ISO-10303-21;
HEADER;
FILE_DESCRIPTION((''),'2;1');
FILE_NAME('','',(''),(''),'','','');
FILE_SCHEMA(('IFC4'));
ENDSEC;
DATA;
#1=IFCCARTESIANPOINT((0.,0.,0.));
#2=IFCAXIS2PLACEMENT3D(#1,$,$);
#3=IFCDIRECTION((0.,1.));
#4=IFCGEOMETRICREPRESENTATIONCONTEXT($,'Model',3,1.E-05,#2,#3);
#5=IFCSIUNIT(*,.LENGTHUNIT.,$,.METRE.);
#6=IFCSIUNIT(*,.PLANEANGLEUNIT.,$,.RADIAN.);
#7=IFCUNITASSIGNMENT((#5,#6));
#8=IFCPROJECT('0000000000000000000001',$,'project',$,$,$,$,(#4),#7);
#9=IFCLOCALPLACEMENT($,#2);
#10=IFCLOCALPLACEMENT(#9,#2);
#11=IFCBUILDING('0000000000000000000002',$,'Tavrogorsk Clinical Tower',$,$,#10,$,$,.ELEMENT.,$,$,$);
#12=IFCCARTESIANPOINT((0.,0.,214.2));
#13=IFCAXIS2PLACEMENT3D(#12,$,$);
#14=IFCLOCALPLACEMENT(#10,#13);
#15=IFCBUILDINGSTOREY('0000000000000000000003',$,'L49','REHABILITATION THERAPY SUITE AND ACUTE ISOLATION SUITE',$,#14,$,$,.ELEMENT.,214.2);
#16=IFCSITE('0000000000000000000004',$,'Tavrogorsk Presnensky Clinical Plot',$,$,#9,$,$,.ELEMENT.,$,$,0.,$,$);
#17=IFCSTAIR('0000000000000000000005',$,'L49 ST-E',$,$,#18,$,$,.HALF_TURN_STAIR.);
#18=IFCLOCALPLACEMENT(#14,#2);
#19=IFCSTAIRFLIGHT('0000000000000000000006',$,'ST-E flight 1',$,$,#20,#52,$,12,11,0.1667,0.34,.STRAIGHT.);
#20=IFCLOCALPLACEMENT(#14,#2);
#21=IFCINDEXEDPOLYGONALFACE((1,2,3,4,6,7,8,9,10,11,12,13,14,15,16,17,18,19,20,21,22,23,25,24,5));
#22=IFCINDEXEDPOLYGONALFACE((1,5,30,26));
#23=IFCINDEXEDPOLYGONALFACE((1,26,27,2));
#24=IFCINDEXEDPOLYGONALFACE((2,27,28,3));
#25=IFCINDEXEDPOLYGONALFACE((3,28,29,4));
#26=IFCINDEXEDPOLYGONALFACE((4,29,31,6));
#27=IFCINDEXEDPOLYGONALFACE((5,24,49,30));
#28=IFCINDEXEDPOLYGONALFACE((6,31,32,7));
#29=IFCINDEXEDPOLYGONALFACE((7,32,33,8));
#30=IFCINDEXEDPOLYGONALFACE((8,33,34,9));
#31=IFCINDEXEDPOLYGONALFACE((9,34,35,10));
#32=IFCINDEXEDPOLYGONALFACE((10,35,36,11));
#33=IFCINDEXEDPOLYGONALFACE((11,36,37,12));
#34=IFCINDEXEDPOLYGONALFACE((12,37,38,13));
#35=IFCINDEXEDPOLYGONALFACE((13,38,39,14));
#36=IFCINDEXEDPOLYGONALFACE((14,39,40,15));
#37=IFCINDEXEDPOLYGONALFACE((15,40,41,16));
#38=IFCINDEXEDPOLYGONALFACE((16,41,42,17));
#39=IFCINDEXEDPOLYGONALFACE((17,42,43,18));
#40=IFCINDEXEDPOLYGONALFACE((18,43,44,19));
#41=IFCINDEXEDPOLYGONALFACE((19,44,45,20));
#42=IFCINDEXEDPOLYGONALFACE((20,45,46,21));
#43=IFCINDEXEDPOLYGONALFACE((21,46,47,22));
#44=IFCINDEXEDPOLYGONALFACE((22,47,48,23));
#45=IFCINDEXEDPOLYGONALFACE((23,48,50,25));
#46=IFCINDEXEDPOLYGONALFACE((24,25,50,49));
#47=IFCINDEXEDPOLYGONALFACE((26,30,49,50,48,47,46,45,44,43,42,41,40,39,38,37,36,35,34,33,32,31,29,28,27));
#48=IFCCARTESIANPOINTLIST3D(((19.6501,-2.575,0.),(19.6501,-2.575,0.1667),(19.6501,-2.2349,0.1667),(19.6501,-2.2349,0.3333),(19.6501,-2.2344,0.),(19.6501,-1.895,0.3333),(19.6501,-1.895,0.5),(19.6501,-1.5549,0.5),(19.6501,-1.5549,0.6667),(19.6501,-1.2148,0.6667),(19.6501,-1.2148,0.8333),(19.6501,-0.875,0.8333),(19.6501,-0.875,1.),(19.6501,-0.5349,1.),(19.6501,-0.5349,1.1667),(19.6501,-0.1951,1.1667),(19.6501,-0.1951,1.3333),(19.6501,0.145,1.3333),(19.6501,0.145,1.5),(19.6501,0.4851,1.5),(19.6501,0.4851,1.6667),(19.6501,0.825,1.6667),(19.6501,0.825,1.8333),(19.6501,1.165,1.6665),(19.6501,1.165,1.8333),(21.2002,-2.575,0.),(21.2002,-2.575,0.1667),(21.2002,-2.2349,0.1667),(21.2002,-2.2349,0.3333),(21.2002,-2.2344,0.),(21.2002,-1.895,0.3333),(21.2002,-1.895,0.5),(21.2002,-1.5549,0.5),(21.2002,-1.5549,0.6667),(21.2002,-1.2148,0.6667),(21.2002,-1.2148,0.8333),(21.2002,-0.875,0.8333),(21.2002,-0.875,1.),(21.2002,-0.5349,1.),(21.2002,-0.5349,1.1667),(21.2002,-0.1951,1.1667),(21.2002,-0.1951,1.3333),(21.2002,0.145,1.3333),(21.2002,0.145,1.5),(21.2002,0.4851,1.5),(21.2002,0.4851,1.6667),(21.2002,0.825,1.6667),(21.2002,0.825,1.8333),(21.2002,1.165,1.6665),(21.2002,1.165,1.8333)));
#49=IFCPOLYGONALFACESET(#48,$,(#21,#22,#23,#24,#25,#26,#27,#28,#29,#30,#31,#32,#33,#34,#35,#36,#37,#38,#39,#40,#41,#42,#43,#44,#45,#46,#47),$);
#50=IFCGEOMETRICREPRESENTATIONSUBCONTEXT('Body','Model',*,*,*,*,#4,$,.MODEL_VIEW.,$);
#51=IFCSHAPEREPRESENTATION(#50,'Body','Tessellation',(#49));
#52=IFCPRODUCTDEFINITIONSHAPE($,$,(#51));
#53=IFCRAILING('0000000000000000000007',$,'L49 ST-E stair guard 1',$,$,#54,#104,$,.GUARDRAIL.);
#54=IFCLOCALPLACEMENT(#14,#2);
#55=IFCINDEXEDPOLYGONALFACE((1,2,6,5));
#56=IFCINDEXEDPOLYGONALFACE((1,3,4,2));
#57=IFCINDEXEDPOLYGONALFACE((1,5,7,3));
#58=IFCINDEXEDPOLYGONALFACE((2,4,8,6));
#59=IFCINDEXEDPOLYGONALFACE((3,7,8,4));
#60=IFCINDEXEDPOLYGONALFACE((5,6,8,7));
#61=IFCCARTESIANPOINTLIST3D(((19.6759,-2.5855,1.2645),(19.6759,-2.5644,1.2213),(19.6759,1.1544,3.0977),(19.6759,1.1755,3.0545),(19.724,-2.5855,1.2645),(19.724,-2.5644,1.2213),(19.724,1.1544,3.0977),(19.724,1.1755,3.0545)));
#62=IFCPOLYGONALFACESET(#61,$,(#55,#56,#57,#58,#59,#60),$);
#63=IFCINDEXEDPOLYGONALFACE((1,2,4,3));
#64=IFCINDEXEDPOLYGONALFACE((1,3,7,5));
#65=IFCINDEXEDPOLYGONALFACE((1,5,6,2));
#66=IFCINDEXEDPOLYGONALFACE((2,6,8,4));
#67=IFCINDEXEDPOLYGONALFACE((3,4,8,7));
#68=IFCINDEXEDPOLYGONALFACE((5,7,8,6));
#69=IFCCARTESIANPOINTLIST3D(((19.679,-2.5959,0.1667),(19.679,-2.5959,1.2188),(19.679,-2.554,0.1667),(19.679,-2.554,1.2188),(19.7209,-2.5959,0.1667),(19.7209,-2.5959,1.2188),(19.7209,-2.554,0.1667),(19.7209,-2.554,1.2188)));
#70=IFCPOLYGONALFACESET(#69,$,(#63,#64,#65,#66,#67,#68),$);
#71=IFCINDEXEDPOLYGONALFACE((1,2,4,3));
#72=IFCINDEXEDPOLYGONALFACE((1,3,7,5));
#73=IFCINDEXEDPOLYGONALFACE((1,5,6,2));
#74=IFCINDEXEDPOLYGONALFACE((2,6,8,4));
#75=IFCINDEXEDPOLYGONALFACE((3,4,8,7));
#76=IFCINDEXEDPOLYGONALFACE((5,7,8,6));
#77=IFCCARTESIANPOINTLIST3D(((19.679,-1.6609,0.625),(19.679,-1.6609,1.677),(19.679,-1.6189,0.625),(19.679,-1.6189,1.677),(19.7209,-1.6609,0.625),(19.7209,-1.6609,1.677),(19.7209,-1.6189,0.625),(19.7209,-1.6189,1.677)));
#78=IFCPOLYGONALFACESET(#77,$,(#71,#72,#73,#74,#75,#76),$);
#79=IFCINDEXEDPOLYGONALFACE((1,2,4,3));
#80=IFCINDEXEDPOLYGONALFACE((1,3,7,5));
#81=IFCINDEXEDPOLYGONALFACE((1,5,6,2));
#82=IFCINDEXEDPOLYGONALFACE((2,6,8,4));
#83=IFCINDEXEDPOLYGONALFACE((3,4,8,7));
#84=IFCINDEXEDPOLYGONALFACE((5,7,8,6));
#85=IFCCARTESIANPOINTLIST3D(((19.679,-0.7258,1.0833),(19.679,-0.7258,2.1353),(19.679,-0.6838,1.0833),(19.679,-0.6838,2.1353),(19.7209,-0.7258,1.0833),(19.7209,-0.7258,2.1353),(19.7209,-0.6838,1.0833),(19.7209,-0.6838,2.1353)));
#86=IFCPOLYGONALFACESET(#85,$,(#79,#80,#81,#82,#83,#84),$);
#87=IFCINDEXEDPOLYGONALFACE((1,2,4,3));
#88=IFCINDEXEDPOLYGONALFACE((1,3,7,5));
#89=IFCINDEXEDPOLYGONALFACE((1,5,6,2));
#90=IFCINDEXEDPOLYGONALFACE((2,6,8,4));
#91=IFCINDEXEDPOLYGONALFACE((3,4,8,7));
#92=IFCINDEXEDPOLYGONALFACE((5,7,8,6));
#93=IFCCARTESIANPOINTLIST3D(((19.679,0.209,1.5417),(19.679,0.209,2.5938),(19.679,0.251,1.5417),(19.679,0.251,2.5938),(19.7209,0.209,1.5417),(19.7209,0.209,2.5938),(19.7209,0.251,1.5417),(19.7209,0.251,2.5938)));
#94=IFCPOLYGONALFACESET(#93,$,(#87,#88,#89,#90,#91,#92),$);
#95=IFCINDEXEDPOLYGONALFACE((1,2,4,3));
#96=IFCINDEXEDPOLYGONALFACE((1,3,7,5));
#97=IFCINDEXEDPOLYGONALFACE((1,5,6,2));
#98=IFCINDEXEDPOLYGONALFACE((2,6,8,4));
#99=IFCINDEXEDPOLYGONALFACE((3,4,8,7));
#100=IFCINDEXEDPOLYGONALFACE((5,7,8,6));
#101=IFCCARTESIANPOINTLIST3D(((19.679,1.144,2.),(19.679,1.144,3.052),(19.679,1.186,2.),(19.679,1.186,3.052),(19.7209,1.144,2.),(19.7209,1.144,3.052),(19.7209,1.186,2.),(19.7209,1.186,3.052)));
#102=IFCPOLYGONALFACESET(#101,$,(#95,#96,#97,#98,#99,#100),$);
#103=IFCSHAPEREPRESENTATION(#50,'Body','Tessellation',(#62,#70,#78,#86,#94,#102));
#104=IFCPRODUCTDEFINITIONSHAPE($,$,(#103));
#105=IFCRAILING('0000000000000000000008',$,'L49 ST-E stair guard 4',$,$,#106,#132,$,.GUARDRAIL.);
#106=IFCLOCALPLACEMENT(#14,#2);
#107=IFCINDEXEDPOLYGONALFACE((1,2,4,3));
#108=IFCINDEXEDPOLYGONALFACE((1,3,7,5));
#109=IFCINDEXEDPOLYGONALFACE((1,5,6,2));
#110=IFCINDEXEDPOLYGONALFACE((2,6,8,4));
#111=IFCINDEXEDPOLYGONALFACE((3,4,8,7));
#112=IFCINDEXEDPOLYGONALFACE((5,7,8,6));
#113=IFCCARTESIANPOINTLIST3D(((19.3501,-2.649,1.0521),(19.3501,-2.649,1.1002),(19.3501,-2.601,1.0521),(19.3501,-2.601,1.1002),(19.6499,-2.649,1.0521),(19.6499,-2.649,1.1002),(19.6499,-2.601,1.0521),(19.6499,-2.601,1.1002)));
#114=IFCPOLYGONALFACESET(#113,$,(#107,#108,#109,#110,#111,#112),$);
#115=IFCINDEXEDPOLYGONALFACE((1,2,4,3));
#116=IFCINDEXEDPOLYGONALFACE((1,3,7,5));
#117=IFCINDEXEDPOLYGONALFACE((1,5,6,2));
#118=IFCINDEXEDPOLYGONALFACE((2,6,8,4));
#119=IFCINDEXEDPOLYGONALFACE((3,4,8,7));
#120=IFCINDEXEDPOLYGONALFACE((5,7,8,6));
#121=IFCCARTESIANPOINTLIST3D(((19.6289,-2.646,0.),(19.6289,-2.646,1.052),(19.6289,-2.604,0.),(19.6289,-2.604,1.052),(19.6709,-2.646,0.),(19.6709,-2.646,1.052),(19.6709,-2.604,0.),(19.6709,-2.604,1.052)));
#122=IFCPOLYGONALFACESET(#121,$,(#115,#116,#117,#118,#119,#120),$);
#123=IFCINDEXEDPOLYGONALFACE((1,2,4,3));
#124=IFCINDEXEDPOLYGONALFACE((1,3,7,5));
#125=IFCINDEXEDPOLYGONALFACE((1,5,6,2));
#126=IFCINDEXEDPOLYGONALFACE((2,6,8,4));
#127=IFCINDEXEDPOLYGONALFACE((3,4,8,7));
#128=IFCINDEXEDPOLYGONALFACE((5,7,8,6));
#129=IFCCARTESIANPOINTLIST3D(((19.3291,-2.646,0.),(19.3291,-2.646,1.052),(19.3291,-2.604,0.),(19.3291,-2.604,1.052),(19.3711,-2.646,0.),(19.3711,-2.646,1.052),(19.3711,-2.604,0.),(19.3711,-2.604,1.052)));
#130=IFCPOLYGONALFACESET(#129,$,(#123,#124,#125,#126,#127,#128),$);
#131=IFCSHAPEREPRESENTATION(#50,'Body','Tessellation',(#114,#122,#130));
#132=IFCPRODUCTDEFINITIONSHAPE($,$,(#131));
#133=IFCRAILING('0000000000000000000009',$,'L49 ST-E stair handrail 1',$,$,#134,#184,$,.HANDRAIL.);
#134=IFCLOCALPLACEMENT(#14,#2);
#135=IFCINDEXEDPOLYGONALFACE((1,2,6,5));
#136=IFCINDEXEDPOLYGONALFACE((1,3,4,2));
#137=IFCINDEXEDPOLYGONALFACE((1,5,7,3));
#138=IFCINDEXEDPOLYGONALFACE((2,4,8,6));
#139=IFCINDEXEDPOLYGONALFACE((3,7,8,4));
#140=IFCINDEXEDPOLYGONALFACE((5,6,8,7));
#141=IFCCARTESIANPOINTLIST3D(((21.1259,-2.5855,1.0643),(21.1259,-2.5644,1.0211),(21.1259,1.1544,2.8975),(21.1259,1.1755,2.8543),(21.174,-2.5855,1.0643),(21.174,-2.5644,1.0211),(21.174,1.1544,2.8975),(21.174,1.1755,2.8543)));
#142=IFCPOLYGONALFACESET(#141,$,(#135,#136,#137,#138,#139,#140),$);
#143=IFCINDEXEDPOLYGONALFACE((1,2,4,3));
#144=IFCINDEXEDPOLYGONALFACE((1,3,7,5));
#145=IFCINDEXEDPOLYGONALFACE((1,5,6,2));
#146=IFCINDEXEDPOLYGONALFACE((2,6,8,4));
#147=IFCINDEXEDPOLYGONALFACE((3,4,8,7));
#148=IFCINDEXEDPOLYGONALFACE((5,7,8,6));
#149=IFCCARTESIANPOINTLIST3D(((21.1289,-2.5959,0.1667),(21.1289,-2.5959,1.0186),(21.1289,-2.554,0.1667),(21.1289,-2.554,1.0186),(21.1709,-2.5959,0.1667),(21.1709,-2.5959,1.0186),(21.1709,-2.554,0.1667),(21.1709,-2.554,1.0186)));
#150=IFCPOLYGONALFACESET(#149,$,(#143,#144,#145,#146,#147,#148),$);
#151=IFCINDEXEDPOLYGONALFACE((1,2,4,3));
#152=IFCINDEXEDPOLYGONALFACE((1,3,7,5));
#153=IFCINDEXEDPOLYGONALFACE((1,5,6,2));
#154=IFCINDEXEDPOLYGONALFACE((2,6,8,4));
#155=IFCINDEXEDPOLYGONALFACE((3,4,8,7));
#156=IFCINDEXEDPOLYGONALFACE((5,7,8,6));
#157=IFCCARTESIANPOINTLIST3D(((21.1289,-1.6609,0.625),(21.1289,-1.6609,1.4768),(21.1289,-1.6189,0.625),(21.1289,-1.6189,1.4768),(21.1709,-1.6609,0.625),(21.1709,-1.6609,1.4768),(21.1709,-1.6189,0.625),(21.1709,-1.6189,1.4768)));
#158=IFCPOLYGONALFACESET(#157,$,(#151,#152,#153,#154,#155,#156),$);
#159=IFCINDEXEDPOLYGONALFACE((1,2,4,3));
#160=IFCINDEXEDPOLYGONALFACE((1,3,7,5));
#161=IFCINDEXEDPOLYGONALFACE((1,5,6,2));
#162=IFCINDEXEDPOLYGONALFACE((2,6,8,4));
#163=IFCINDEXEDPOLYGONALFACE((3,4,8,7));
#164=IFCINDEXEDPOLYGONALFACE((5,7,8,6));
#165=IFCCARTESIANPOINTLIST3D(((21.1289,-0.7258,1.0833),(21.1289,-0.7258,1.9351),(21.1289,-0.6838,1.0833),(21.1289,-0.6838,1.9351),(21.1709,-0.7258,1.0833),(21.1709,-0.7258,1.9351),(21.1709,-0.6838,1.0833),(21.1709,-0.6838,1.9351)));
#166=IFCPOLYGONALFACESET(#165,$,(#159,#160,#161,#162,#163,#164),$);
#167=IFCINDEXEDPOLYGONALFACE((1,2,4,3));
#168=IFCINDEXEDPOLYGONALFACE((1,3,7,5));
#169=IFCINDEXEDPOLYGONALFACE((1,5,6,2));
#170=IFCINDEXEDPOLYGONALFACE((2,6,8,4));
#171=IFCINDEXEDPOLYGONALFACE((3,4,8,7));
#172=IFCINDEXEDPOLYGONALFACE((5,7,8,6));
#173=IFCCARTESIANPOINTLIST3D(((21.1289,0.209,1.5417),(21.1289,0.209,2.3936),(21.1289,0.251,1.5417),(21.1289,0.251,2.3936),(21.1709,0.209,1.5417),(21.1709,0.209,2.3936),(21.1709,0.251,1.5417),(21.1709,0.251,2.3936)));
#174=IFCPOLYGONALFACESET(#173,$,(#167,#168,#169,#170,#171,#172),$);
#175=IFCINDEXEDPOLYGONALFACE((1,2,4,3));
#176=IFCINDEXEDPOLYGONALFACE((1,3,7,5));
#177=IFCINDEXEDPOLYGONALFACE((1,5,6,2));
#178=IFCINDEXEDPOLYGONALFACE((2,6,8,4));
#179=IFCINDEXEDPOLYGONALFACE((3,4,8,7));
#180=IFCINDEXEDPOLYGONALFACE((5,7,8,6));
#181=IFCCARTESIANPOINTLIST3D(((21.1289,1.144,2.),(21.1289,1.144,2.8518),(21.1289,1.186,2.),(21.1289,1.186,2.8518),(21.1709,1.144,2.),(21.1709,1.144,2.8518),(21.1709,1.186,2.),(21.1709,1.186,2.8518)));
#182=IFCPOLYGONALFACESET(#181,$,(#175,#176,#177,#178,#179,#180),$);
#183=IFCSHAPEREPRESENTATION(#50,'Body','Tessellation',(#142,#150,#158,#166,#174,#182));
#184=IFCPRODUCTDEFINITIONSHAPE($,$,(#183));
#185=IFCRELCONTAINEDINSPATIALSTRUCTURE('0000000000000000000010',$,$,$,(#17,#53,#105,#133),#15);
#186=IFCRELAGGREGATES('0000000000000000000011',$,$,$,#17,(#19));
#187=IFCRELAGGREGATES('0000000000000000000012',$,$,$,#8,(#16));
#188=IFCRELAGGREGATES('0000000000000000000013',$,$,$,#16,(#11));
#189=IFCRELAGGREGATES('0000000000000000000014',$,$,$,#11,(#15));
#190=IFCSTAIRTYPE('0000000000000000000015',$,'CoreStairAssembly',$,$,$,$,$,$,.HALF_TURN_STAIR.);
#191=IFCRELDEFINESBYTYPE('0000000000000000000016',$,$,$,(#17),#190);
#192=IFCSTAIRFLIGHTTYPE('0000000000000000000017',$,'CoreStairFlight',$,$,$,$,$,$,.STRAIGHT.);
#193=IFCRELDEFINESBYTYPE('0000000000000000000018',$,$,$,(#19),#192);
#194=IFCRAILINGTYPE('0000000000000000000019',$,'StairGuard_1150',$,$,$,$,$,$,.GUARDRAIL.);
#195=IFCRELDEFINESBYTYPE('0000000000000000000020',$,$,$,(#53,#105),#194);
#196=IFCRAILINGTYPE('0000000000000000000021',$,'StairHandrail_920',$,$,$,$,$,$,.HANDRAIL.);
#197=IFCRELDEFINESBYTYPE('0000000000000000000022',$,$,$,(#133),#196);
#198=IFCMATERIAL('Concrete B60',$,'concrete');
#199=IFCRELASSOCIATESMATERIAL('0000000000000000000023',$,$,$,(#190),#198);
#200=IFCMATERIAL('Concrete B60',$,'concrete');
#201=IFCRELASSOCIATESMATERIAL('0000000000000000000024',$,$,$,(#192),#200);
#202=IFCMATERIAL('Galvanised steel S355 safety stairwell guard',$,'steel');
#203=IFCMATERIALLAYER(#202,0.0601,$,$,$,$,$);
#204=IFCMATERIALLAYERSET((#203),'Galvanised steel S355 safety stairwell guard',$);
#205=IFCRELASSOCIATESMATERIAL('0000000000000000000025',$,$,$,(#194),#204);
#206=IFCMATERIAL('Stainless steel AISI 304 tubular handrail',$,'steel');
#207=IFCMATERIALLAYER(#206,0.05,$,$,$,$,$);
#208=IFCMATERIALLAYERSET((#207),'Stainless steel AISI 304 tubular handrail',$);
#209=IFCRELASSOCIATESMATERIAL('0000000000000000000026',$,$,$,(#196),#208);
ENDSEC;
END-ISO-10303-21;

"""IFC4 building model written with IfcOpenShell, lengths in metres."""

from ifc_helpers import new_model, si_unit, direction, frame, origin, origin_2d, place, context, subcontext, project, spatial, polyline, rectangle, outline, extrude, material, layer, layer_set, type_object, element, aggregate, save


model = new_model("IFC4")

# Units and contexts
model_context = context("Model", 3, precision=1e-05, world=origin(), true_north=direction((0.0, 1.0)))
body_context = subcontext(model_context, "Body", "Model", "MODEL_VIEW")
ifc_project = project(units=[si_unit("LENGTHUNIT", "METRE"), si_unit("PLANEANGLEUNIT", "RADIAN")], contexts=[model_context])

# Site, building, storey
site_placement = place(None, origin())
site = spatial("IfcSite", under=ifc_project, at=site_placement, Name="Tavrogorsk Presnensky Clinical Plot", CompositionType="ELEMENT", RefElevation=0.0)
building_placement = place(site_placement, origin())
building = spatial("IfcBuilding", under=site, at=building_placement, Name="Tavrogorsk Clinical Tower", CompositionType="ELEMENT")
storey_placement = place(building_placement, frame((0.0, 0.0, 214.2)))
storey = spatial("IfcBuildingStorey", under=building, at=storey_placement, Name="L49", Description="REHABILITATION THERAPY SUITE AND ACUTE ISOLATION SUITE", CompositionType="ELEMENT", Elevation=214.2)

# Stair, stair flight
ifc_material_1 = material(Name="Concrete B60", Category="concrete")
stair_type = type_object("IfcStairType", Name="CoreStairAssembly", PredefinedType="HALF_TURN_STAIR", material=ifc_material_1)
stair_placement = place(storey_placement, origin())
stair = element("IfcStair", 1, at=stair_placement, inside=storey, type_object=stair_type, Name="L49 ST-E", PredefinedType="HALF_TURN_STAIR")
ifc_material_2 = material(Name="Concrete B60", Category="concrete")
stair_flight_type = type_object("IfcStairFlightType", Name="CoreStairFlight", PredefinedType="STRAIGHT", material=ifc_material_2)
stair_flight_placement = place(storey_placement, frame((20.425, -2.575, 0.0), z_axis=(0.0, 0.0, 1.0), x_axis=(0.0, 1.0, 0.0)))
stair_flight = element("IfcStairFlight", 2, at=stair_flight_placement, type_object=stair_flight_type, Name="ST-E flight 1", NumberOfRisers=12, NumberOfTreads=11, PredefinedType="STRAIGHT", RiserHeight=0.1667, TreadLength=0.34, context=body_context, shape_type="SweptSolid", body=[
    extrude(outline(polyline([(0.0, 0.0), (0.0, 0.1667), (0.3401, 0.1667), (0.3401, 0.3333), (0.6799, 0.3333), (0.6799, 0.5), (1.02, 0.5), (1.02, 0.6667), (1.3601, 0.6667), (1.3601, 0.8333), (1.7, 0.8333), (1.7, 1.0), (2.04, 1.0), (2.04, 1.1667), (2.3799, 1.1667), (2.3799, 1.3333), (2.72, 1.3333), (2.72, 1.5), (3.0601, 1.5), (3.0601, 1.6667), (3.3999, 1.6667), (3.3999, 1.8333), (3.74, 1.8333), (3.74, 2.0), (3.74, 1.6665), (0.3406, 0.0), (0.0, 0.0)])), frame((0.0, 0.7749, 0.0), z_axis=(0.0, -1.0, 0.0), x_axis=(1.0, 0.0, 0.0)), (0.0, 0.0, 1.0), 1.55),
])
aggregate(stair, [stair_flight])

# Railings
ifc_material_3 = material(Name="Galvanised steel S355 safety stairwell guard", Category="steel")
ifc_layer_1 = layer(ifc_material_3, 0.0601)
ifc_layer_set_1 = layer_set([ifc_layer_1], Name="Galvanised steel S355 safety stairwell guard")
railing_type_1 = type_object("IfcRailingType", Name="StairGuard_1150", PredefinedType="GUARDRAIL", material=ifc_layer_set_1)
railing_1_placement = place(storey_placement, frame((19.7, -2.575, 0.1667)))
element("IfcRailing", 3, at=railing_1_placement, inside=storey, type_object=railing_type_1, Name="L49 ST-E stair guard 1", PredefinedType="GUARDRAIL", context=body_context, shape_type="SweptSolid", body=[
    extrude(rectangle(XDim=0.0481, YDim=0.0481, at=origin_2d()), frame((0.0, 0.0, 1.0762), z_axis=(0.0, 0.897928, 0.440142), x_axis=(-1.0, 0.0, 0.0)), (0.0, 0.0, 1.0), 4.165),
    extrude(rectangle(XDim=0.042, YDim=0.042, at=origin_2d()), origin(), (0.0, 0.0, 1.0), 1.052),
    extrude(rectangle(XDim=0.042, YDim=0.042, at=origin_2d()), frame((0.0, 0.9351, 0.4583)), (0.0, 0.0, 1.0), 1.052),
    extrude(rectangle(XDim=0.042, YDim=0.042, at=origin_2d()), frame((0.0, 1.8701, 0.9165)), (0.0, 0.0, 1.0), 1.052),
    extrude(rectangle(XDim=0.042, YDim=0.042, at=origin_2d()), frame((0.0, 2.8049, 1.375)), (0.0, 0.0, 1.0), 1.052),
    extrude(rectangle(XDim=0.042, YDim=0.042, at=origin_2d()), frame((0.0, 3.74, 1.8333)), (0.0, 0.0, 1.0), 1.052),
])
railing_2_placement = place(storey_placement, frame((19.6499, -2.625, 0.0)))
element("IfcRailing", 4, at=railing_2_placement, inside=storey, type_object=railing_type_1, Name="L49 ST-E stair guard 4", PredefinedType="GUARDRAIL", context=body_context, shape_type="SweptSolid", body=[
    extrude(rectangle(XDim=0.0481, YDim=0.0481, at=origin_2d()), frame((0.0, 0.0, 1.0762), z_axis=(-1.0, 0.0, 0.0), x_axis=(0.0, -1.0, 0.0)), (0.0, 0.0, 1.0), 0.2998),
    extrude(rectangle(XDim=0.042, YDim=0.042, at=origin_2d()), origin(), (0.0, 0.0, 1.0), 1.052),
    extrude(rectangle(XDim=0.042, YDim=0.042, at=origin_2d()), frame((-0.2998, 0.0, 0.0)), (0.0, 0.0, 1.0), 1.052),
])
ifc_material_4 = material(Name="Stainless steel AISI 304 tubular handrail", Category="steel")
ifc_layer_2 = layer(ifc_material_4, 0.05)
ifc_layer_set_2 = layer_set([ifc_layer_2], Name="Stainless steel AISI 304 tubular handrail")
railing_type_2 = type_object("IfcRailingType", Name="StairHandrail_920", PredefinedType="HANDRAIL", material=ifc_layer_set_2)
railing_3_placement = place(storey_placement, frame((21.1499, -2.575, 0.1667)))
element("IfcRailing", 5, at=railing_3_placement, inside=storey, type_object=railing_type_2, Name="L49 ST-E stair handrail 1", PredefinedType="HANDRAIL", context=body_context, shape_type="SweptSolid", body=[
    extrude(rectangle(XDim=0.0481, YDim=0.0481, at=origin_2d()), frame((0.0, 0.0, 0.876), z_axis=(0.0, 0.897928, 0.440142), x_axis=(-1.0, 0.0, 0.0)), (0.0, 0.0, 1.0), 4.165),
    extrude(rectangle(XDim=0.042, YDim=0.042, at=origin_2d()), origin(), (0.0, 0.0, 1.0), 0.8518),
    extrude(rectangle(XDim=0.042, YDim=0.042, at=origin_2d()), frame((0.0, 0.9351, 0.4583)), (0.0, 0.0, 1.0), 0.8518),
    extrude(rectangle(XDim=0.042, YDim=0.042, at=origin_2d()), frame((0.0, 1.8701, 0.9165)), (0.0, 0.0, 1.0), 0.8518),
    extrude(rectangle(XDim=0.042, YDim=0.042, at=origin_2d()), frame((0.0, 2.8049, 1.375)), (0.0, 0.0, 1.0), 0.8518),
    extrude(rectangle(XDim=0.042, YDim=0.042, at=origin_2d()), frame((0.0, 3.74, 1.8333)), (0.0, 0.0, 1.0), 0.8518),
])

save(model, "model.ifc")
